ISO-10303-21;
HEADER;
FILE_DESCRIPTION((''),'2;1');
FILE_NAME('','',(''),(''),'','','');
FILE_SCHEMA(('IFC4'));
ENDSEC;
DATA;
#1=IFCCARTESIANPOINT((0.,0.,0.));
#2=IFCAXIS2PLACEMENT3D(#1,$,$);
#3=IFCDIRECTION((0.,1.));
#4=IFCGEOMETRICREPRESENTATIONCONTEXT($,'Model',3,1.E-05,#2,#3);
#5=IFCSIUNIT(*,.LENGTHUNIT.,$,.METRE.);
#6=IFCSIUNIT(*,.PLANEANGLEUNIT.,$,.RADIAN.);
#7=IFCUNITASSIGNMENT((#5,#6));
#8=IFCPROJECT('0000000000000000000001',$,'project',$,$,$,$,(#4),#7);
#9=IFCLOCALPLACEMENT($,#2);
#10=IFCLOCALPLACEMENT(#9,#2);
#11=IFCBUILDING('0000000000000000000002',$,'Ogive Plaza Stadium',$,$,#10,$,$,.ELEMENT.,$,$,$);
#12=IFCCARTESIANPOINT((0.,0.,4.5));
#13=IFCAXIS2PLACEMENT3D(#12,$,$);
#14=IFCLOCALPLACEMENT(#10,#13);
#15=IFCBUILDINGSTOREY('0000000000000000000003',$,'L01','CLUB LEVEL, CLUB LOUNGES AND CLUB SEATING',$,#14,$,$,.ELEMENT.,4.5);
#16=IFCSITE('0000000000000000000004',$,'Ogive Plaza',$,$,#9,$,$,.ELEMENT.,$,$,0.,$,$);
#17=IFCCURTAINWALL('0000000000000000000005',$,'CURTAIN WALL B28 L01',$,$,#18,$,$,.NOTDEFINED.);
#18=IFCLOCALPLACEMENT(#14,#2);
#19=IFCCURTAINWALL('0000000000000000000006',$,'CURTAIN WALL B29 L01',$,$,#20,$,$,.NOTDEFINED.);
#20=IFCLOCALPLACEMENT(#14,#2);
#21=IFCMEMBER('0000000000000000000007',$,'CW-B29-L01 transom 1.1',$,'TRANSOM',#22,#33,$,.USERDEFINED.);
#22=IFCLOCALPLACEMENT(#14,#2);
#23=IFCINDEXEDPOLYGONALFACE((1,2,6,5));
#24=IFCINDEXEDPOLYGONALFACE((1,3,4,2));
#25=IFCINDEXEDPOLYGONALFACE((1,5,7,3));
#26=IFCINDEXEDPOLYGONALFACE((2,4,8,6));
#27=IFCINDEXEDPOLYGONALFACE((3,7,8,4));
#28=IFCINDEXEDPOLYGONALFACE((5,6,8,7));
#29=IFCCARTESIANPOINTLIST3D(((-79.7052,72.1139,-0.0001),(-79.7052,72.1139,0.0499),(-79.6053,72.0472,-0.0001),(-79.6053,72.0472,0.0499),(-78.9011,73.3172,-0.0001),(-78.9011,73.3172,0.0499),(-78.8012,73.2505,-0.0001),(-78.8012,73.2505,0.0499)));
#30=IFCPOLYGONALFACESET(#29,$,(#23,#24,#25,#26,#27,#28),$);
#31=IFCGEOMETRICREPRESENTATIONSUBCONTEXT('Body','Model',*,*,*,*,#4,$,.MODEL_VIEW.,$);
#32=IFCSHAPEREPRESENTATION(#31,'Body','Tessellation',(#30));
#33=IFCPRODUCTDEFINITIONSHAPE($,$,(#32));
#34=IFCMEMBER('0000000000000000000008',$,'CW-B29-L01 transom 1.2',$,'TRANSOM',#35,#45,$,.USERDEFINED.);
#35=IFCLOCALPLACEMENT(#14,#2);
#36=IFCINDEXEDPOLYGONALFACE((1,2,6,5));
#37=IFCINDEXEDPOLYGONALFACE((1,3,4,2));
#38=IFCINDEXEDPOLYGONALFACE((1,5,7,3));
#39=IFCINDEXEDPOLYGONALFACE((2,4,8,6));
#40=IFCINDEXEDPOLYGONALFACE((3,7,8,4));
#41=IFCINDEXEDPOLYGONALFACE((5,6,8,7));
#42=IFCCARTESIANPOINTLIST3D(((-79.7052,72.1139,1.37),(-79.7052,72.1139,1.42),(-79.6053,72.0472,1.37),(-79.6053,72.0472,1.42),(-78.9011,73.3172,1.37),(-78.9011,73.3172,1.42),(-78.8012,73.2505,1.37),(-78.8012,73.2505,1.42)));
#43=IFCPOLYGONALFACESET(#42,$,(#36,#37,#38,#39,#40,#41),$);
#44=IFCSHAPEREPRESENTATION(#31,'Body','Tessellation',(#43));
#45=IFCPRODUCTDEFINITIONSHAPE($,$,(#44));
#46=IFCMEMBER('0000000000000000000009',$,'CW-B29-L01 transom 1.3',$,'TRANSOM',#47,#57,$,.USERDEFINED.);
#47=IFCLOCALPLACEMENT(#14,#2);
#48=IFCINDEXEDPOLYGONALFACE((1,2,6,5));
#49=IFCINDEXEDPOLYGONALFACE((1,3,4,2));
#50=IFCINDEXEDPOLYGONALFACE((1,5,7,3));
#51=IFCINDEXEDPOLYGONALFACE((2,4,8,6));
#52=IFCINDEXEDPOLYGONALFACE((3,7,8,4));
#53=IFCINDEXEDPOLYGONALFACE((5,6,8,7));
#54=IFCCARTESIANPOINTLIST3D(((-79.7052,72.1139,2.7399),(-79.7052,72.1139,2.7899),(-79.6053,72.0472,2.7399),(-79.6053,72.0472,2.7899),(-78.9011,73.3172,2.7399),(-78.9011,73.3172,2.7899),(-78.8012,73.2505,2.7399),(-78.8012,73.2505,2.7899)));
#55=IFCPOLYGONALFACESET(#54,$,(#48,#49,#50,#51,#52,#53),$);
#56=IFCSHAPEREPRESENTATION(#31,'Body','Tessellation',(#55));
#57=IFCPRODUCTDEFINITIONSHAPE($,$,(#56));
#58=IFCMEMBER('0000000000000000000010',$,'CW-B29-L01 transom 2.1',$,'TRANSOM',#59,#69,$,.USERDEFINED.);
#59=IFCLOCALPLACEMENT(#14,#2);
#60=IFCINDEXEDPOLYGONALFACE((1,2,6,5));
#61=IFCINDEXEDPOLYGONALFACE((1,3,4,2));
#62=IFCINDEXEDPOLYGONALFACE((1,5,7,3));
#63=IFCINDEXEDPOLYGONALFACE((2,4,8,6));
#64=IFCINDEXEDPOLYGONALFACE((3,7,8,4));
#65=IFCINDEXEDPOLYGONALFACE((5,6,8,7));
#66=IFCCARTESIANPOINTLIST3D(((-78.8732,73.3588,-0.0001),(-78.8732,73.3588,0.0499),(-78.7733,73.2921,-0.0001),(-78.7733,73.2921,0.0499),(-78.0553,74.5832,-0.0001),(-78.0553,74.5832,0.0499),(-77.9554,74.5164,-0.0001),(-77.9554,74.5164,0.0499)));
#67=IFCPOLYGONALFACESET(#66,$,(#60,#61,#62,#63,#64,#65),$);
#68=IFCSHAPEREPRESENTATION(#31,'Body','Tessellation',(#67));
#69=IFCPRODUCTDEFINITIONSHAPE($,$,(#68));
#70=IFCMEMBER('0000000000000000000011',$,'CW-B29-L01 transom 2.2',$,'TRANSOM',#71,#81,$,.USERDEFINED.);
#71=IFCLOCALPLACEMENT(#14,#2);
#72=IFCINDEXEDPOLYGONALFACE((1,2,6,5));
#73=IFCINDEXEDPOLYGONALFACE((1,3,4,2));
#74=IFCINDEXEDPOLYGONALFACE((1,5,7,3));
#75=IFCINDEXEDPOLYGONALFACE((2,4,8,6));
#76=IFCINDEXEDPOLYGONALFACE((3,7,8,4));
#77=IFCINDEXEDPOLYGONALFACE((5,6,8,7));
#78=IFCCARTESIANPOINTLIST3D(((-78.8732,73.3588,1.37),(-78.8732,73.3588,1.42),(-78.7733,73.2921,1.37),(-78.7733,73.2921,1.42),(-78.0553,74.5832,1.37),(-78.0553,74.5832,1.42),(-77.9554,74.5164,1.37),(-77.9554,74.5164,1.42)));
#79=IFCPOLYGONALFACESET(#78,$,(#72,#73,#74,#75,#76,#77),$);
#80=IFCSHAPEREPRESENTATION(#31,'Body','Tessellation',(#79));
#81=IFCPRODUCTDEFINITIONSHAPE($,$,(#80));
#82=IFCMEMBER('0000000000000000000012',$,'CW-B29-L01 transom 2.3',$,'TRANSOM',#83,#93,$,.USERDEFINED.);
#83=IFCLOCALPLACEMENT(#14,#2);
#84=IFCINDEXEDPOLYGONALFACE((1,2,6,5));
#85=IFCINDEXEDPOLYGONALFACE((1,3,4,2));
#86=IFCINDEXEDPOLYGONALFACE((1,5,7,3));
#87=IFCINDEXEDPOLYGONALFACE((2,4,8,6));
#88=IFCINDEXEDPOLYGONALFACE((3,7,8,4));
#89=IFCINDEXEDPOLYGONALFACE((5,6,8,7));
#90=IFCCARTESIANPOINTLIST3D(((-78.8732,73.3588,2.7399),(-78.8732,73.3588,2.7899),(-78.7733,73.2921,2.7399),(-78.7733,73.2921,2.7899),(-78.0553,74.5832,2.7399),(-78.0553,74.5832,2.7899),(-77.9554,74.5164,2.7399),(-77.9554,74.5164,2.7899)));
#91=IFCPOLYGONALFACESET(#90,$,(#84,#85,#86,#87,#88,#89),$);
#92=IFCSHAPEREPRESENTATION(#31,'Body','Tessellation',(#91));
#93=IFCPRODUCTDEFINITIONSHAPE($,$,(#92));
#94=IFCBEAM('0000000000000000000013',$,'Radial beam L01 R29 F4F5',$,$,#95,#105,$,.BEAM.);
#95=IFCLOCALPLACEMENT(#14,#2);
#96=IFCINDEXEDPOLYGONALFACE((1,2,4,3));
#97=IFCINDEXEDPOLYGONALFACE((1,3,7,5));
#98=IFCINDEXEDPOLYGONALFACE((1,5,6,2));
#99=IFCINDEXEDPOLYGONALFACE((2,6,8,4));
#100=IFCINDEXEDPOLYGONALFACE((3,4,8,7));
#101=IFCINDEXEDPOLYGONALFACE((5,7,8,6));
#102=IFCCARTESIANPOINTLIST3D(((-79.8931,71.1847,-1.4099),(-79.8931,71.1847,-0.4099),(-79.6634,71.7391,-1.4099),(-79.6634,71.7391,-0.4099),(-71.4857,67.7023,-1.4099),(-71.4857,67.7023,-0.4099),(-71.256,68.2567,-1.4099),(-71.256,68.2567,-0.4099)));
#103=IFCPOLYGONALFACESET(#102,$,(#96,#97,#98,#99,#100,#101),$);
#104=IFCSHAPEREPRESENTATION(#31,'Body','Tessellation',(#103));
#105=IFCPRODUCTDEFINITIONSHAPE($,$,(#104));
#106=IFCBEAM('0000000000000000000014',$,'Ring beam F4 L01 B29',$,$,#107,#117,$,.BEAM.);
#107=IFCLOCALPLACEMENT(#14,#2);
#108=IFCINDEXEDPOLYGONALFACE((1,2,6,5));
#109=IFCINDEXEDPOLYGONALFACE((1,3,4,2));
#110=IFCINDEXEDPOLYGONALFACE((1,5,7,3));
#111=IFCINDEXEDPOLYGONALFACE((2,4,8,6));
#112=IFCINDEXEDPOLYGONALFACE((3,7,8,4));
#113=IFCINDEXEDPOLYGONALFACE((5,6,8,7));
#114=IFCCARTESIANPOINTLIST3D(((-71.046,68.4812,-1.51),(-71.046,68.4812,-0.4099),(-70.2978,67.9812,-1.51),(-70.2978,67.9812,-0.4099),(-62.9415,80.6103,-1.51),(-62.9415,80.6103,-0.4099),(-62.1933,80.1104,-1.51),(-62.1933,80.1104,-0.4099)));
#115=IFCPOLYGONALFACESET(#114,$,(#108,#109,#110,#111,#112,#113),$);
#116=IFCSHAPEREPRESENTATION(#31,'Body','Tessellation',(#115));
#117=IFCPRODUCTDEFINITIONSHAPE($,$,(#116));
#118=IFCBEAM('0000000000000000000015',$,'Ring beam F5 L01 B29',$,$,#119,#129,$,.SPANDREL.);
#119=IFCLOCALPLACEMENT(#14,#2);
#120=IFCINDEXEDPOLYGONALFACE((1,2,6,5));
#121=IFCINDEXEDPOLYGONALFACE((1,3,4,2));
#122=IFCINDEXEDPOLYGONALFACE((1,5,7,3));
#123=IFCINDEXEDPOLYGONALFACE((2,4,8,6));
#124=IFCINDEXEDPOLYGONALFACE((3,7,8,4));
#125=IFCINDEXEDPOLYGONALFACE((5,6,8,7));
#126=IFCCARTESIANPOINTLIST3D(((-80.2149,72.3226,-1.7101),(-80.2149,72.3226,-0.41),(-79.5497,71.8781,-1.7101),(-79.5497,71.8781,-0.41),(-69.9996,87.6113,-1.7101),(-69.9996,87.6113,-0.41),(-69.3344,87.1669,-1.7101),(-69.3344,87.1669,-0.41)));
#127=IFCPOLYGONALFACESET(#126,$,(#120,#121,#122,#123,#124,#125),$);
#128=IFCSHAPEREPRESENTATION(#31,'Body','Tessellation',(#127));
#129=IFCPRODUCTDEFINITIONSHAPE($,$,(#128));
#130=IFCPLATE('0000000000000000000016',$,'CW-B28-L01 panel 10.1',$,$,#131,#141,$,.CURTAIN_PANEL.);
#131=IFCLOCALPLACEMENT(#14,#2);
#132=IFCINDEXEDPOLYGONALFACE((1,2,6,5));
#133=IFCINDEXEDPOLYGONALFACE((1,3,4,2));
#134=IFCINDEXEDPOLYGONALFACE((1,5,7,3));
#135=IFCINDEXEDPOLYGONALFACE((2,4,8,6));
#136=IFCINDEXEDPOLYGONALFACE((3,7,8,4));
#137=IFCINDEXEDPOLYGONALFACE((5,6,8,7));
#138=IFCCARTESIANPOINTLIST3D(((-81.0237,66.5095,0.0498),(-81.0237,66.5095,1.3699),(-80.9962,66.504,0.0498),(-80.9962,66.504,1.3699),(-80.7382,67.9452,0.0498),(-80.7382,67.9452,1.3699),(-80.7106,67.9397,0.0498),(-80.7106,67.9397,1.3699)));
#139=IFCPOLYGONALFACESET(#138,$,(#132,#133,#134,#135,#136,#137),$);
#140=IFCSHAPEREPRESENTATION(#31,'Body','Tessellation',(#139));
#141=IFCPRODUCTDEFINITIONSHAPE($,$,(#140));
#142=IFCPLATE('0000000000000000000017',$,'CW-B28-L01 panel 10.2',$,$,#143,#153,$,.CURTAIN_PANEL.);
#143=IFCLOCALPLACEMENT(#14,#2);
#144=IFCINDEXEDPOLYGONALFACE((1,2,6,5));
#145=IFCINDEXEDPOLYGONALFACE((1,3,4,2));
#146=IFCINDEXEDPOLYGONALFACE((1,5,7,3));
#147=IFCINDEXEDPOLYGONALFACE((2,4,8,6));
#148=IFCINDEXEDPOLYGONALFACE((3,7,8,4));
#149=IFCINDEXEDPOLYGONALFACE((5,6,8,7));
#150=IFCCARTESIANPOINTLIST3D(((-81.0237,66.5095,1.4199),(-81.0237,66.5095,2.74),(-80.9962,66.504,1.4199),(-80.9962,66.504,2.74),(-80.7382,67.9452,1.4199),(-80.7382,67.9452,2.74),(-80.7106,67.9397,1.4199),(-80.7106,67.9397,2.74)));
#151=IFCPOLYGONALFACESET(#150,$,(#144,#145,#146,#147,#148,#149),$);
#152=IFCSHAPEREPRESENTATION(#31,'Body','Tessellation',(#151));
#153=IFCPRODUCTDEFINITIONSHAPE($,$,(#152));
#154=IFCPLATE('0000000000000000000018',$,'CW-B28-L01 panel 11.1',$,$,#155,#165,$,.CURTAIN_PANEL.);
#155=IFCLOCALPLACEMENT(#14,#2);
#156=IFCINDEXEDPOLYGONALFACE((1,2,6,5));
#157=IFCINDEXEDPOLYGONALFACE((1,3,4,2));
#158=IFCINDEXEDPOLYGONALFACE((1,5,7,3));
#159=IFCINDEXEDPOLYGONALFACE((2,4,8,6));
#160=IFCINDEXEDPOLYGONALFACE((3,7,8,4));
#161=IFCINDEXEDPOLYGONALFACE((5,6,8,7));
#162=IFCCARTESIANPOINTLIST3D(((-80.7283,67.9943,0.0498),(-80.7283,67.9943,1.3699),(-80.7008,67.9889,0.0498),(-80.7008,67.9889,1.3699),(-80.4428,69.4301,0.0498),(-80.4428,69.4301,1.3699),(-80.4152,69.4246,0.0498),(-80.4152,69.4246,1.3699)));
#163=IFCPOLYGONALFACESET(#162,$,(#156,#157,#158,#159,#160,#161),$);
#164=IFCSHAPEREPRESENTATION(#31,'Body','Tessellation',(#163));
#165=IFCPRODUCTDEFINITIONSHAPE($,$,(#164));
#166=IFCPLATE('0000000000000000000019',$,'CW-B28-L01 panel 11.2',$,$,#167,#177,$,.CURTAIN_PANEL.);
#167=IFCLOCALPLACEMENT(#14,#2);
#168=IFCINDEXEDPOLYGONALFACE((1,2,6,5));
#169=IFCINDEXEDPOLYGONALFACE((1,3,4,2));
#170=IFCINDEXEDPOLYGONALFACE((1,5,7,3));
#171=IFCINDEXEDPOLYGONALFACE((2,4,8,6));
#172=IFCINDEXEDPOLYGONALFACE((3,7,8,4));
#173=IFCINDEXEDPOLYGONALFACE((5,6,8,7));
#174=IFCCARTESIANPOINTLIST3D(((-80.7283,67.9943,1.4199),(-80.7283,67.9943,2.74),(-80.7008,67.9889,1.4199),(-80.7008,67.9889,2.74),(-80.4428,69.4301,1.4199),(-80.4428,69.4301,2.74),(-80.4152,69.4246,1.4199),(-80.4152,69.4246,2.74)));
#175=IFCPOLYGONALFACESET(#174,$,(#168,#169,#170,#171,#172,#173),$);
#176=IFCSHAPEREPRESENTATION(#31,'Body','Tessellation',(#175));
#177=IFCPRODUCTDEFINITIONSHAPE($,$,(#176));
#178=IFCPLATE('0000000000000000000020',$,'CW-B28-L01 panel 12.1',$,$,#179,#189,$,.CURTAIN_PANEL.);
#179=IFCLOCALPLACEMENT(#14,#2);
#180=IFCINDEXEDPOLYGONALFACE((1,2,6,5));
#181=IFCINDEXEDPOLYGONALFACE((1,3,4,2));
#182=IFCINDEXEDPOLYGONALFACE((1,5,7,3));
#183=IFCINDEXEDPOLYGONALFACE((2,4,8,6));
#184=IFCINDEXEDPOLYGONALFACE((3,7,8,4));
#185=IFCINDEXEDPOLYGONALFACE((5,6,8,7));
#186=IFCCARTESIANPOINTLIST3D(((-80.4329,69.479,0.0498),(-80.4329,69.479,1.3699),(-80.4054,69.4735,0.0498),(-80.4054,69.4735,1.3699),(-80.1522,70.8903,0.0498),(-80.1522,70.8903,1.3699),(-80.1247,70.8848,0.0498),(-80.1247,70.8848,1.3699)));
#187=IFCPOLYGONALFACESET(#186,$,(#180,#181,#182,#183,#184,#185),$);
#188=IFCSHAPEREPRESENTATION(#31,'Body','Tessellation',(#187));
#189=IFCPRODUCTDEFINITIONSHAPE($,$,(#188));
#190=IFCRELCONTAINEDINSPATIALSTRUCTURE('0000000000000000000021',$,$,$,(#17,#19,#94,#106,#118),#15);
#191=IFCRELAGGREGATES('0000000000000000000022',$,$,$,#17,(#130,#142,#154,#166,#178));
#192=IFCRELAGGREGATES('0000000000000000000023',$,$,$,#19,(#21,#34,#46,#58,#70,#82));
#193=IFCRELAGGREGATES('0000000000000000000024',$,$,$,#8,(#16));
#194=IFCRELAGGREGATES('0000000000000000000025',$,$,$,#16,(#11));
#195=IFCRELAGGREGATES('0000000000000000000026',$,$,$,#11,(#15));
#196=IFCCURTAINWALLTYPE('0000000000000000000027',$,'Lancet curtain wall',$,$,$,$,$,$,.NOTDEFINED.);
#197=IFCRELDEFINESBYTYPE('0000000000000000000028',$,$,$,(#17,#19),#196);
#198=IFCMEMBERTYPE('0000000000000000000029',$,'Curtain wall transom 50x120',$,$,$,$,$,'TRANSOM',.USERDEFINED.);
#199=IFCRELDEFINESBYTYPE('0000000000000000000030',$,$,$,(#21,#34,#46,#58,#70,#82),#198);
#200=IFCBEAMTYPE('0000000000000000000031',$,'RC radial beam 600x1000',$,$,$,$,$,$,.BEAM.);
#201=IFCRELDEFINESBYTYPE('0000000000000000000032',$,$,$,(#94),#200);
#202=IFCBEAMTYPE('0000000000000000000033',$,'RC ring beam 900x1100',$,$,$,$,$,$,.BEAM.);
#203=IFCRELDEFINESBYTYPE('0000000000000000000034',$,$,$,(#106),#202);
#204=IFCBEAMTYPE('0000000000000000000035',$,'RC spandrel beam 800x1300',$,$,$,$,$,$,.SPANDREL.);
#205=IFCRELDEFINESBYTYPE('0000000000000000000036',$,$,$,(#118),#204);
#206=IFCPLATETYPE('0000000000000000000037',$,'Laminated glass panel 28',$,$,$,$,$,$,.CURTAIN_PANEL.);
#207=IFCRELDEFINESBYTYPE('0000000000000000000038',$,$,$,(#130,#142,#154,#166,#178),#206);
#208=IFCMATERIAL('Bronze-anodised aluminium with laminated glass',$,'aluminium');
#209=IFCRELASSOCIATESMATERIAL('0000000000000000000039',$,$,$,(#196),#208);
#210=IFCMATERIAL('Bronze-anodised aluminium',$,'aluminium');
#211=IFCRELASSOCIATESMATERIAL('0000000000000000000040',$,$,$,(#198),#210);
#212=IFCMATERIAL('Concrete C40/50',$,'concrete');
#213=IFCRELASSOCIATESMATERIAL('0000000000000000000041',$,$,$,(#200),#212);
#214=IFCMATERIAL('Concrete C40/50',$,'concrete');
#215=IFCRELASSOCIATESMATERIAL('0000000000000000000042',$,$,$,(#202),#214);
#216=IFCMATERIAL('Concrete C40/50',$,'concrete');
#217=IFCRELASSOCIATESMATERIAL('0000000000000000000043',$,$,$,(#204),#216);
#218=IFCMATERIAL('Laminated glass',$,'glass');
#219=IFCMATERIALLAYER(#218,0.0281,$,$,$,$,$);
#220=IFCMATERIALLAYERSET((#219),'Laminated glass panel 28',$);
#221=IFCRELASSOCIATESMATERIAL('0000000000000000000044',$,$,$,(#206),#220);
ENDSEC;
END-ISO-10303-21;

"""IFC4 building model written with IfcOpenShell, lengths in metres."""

from ifc_helpers import new_model, si_unit, direction, frame, origin, origin_2d, place, context, subcontext, project, spatial, rectangle, extrude, material, layer, layer_set, material_profile, profile_set, type_object, element, aggregate, save


model = new_model("IFC4")

# Units and contexts
model_context = context("Model", 3, precision=1e-05, world=origin(), true_north=direction((0.0, 1.0)))
body_context = subcontext(model_context, "Body", "Model", "MODEL_VIEW")
ifc_project = project(units=[si_unit("LENGTHUNIT", "METRE"), si_unit("PLANEANGLEUNIT", "RADIAN")], contexts=[model_context])

# Site, building, storey
site_placement = place(None, origin())
site = spatial("IfcSite", under=ifc_project, at=site_placement, Name="Ogive Plaza", CompositionType="ELEMENT", RefElevation=0.0)
building_placement = place(site_placement, origin())
building = spatial("IfcBuilding", under=site, at=building_placement, Name="Ogive Plaza Stadium", CompositionType="ELEMENT")
storey_placement = place(building_placement, frame((0.0, 0.0, 4.5)))
storey = spatial("IfcBuildingStorey", under=building, at=storey_placement, Name="L01", Description="CLUB LEVEL, CLUB LOUNGES AND CLUB SEATING", CompositionType="ELEMENT", Elevation=4.5)

# Curtain walls
ifc_material_1 = material(Name="Bronze-anodised aluminium with laminated glass", Category="aluminium")
curtain_wall_type = type_object("IfcCurtainWallType", Name="Lancet curtain wall", PredefinedType="NOTDEFINED", material=ifc_material_1)
curtain_wall_1_placement = place(storey_placement, origin())
curtain_wall_1 = element("IfcCurtainWall", 1, at=curtain_wall_1_placement, inside=storey, type_object=curtain_wall_type, Name="CURTAIN WALL B28 L01", PredefinedType="NOTDEFINED")
curtain_wall_2_placement = place(storey_placement, origin())
curtain_wall_2 = element("IfcCurtainWall", 2, at=curtain_wall_2_placement, inside=storey, type_object=curtain_wall_type, Name="CURTAIN WALL B29 L01", PredefinedType="NOTDEFINED")

# Members
ifc_material_2 = material(Name="Bronze-anodised aluminium", Category="aluminium")
ifc_material_profile_1 = material_profile(ifc_material_2, rectangle(XDim=0.1201, YDim=0.05, at=origin_2d()), Name="AL 120x50")
ifc_profile_set_1 = profile_set([ifc_material_profile_1], Name="Bronze-anodised aluminium")
member_type_1 = type_object("IfcMemberType", Name="Curtain wall transom 50x120", ElementType="TRANSOM", PredefinedType="USERDEFINED", material=ifc_profile_set_1)
member_1_placement = place(storey_placement, frame((-79.6553, 72.0806, 0.0249), z_axis=(0.555634, 0.831427, 0.0), x_axis=(-0.831427, 0.555634, 0.0)))
member_1 = element("IfcMember", 3, at=member_1_placement, type_object=member_type_1, Name="CW-B29-L01 transom 1.1", ObjectType="TRANSOM", PredefinedType="USERDEFINED", context=body_context, shape_type="SweptSolid", body=[
    extrude(rectangle(XDim=0.1201, YDim=0.05, at=origin_2d()), origin(), (0.0, 0.0, 1.0), 1.4473),
])
member_2_placement = place(storey_placement, frame((-79.6553, 72.0806, 1.395), z_axis=(0.555634, 0.831427, 0.0), x_axis=(-0.831427, 0.555634, 0.0)))
member_2 = element("IfcMember", 4, at=member_2_placement, type_object=member_type_1, Name="CW-B29-L01 transom 1.2", ObjectType="TRANSOM", PredefinedType="USERDEFINED", context=body_context, shape_type="SweptSolid", body=[
    extrude(rectangle(XDim=0.1201, YDim=0.05, at=origin_2d()), origin(), (0.0, 0.0, 1.0), 1.4473),
])
member_3_placement = place(storey_placement, frame((-79.6553, 72.0806, 2.7649), z_axis=(0.555634, 0.831427, 0.0), x_axis=(-0.831427, 0.555634, 0.0)))
member_3 = element("IfcMember", 5, at=member_3_placement, type_object=member_type_1, Name="CW-B29-L01 transom 1.3", ObjectType="TRANSOM", PredefinedType="USERDEFINED", context=body_context, shape_type="SweptSolid", body=[
    extrude(rectangle(XDim=0.1201, YDim=0.05, at=origin_2d()), origin(), (0.0, 0.0, 1.0), 1.4473),
])
member_4_placement = place(storey_placement, frame((-78.8232, 73.3254, 0.0249), z_axis=(0.555465, 0.83154, 0.0), x_axis=(-0.83154, 0.555465, 0.0)))
member_4 = element("IfcMember", 6, at=member_4_placement, type_object=member_type_1, Name="CW-B29-L01 transom 2.1", ObjectType="TRANSOM", PredefinedType="USERDEFINED", context=body_context, shape_type="SweptSolid", body=[
    extrude(rectangle(XDim=0.1201, YDim=0.05, at=origin_2d()), origin(), (0.0, 0.0, 1.0), 1.4724),
])
member_5_placement = place(storey_placement, frame((-78.8232, 73.3254, 1.395), z_axis=(0.555465, 0.83154, 0.0), x_axis=(-0.83154, 0.555465, 0.0)))
member_5 = element("IfcMember", 7, at=member_5_placement, type_object=member_type_1, Name="CW-B29-L01 transom 2.2", ObjectType="TRANSOM", PredefinedType="USERDEFINED", context=body_context, shape_type="SweptSolid", body=[
    extrude(rectangle(XDim=0.1201, YDim=0.05, at=origin_2d()), origin(), (0.0, 0.0, 1.0), 1.4724),
])
member_6_placement = place(storey_placement, frame((-78.8232, 73.3254, 2.7649), z_axis=(0.555465, 0.83154, 0.0), x_axis=(-0.83154, 0.555465, 0.0)))
member_6 = element("IfcMember", 8, at=member_6_placement, type_object=member_type_1, Name="CW-B29-L01 transom 2.3", ObjectType="TRANSOM", PredefinedType="USERDEFINED", context=body_context, shape_type="SweptSolid", body=[
    extrude(rectangle(XDim=0.1201, YDim=0.05, at=origin_2d()), origin(), (0.0, 0.0, 1.0), 1.4724),
])

# Beams
ifc_material_3 = material(Name="Concrete C40/50", Category="concrete")
ifc_material_profile_2 = material_profile(ifc_material_3, rectangle(XDim=0.6001, YDim=1.0, at=origin_2d()), Name="RC 600x1000")
ifc_profile_set_2 = profile_set([ifc_material_profile_2], Name="Concrete C40/50")
beam_type_1 = type_object("IfcBeamType", Name="RC radial beam 600x1000", PredefinedType="BEAM", material=ifc_profile_set_2)
beam_1_placement = place(storey_placement, frame((-71.3708, 67.9795, -0.9099), z_axis=(-0.923882, 0.382677, 0.0), x_axis=(-0.382677, -0.923882, 0.0)))
element("IfcBeam", 9, at=beam_1_placement, inside=storey, type_object=beam_type_1, Name="Radial beam L01 R29 F4F5", PredefinedType="BEAM", context=body_context, shape_type="SweptSolid", body=[
    extrude(rectangle(XDim=0.6001, YDim=1.0, at=origin_2d()), origin(), (0.0, 0.0, 1.0), 9.1001),
])
ifc_material_4 = material(Name="Concrete C40/50", Category="concrete")
ifc_material_profile_3 = material_profile(ifc_material_4, rectangle(XDim=0.8999, YDim=1.1001, at=origin_2d()), Name="RC 900x1100")
ifc_profile_set_3 = profile_set([ifc_material_profile_3], Name="Concrete C40/50")
beam_type_2 = type_object("IfcBeamType", Name="RC ring beam 900x1100", PredefinedType="BEAM", material=ifc_profile_set_3)
beam_2_placement = place(storey_placement, frame((-70.6719, 68.2312, -0.96), z_axis=(0.555573, 0.831468, 0.0), x_axis=(-0.831468, 0.555573, 0.0)))
element("IfcBeam", 10, at=beam_2_placement, inside=storey, type_object=beam_type_2, Name="Ring beam F4 L01 B29", PredefinedType="BEAM", context=body_context, shape_type="SweptSolid", body=[
    extrude(rectangle(XDim=0.8999, YDim=1.1001, at=origin_2d()), origin(), (0.0, 0.0, 1.0), 14.5876),
])
ifc_material_5 = material(Name="Concrete C40/50", Category="concrete")
ifc_material_profile_4 = material_profile(ifc_material_5, rectangle(XDim=0.8, YDim=1.3, at=origin_2d()), Name="RC 800x1300")
ifc_profile_set_4 = profile_set([ifc_material_profile_4], Name="Concrete C40/50")
beam_type_3 = type_object("IfcBeamType", Name="RC spandrel beam 800x1300", PredefinedType="SPANDREL", material=ifc_profile_set_4)
beam_3_placement = place(storey_placement, frame((-79.8823, 72.1003, -1.0601), z_axis=(0.555558, 0.831478, 0.0), x_axis=(-0.831478, 0.555558, 0.0)))
element("IfcBeam", 11, at=beam_3_placement, inside=storey, type_object=beam_type_3, Name="Ring beam F5 L01 B29", PredefinedType="SPANDREL", context=body_context, shape_type="SweptSolid", body=[
    extrude(rectangle(XDim=0.8, YDim=1.3, at=origin_2d()), origin(), (0.0, 0.0, 1.0), 18.3875),
])

# Plates
ifc_material_6 = material(Name="Laminated glass", Category="glass")
ifc_layer = layer(ifc_material_6, 0.0281)
ifc_layer_set = layer_set([ifc_layer], Name="Laminated glass panel 28")
plate_type = type_object("IfcPlateType", Name="Laminated glass panel 28", PredefinedType="CURTAIN_PANEL", material=ifc_layer_set)
plate_1_placement = place(storey_placement, frame((-80.8672, 67.2246, 0.0498), z_axis=(0.0, 0.0, 1.0), x_axis=(0.19509, 0.980785, 0.0)))
plate_1 = element("IfcPlate", 12, at=plate_1_placement, type_object=plate_type, Name="CW-B28-L01 panel 10.1", PredefinedType="CURTAIN_PANEL", context=body_context, shape_type="SweptSolid", body=[
    extrude(rectangle(XDim=1.4639, YDim=0.0281, at=origin_2d()), origin(), (0.0, 0.0, 1.0), 1.3201),
])
plate_2_placement = place(storey_placement, frame((-80.8672, 67.2246, 1.4199), z_axis=(0.0, 0.0, 1.0), x_axis=(0.19509, 0.980785, 0.0)))
plate_2 = element("IfcPlate", 13, at=plate_2_placement, type_object=plate_type, Name="CW-B28-L01 panel 10.2", PredefinedType="CURTAIN_PANEL", context=body_context, shape_type="SweptSolid", body=[
    extrude(rectangle(XDim=1.4639, YDim=0.0281, at=origin_2d()), origin(), (0.0, 0.0, 1.0), 1.3201),
])
plate_3_placement = place(storey_placement, frame((-80.5718, 68.7095, 0.0498), z_axis=(0.0, 0.0, 1.0), x_axis=(0.19509, 0.980785, 0.0)))
plate_3 = element("IfcPlate", 14, at=plate_3_placement, type_object=plate_type, Name="CW-B28-L01 panel 11.1", PredefinedType="CURTAIN_PANEL", context=body_context, shape_type="SweptSolid", body=[
    extrude(rectangle(XDim=1.4639, YDim=0.0281, at=origin_2d()), origin(), (0.0, 0.0, 1.0), 1.3201),
])
plate_4_placement = place(storey_placement, frame((-80.5718, 68.7095, 1.4199), z_axis=(0.0, 0.0, 1.0), x_axis=(0.19509, 0.980785, 0.0)))
plate_4 = element("IfcPlate", 15, at=plate_4_placement, type_object=plate_type, Name="CW-B28-L01 panel 11.2", PredefinedType="CURTAIN_PANEL", context=body_context, shape_type="SweptSolid", body=[
    extrude(rectangle(XDim=1.4639, YDim=0.0281, at=origin_2d()), origin(), (0.0, 0.0, 1.0), 1.3201),
])
plate_5_placement = place(storey_placement, frame((-80.2788, 70.1819, 0.0498), z_axis=(0.0, 0.0, 1.0), x_axis=(0.19509, 0.980785, 0.0)))
plate_5 = element("IfcPlate", 16, at=plate_5_placement, type_object=plate_type, Name="CW-B28-L01 panel 12.1", PredefinedType="CURTAIN_PANEL", context=body_context, shape_type="SweptSolid", body=[
    extrude(rectangle(XDim=1.439, YDim=0.0281, at=origin_2d()), origin(), (0.0, 0.0, 1.0), 1.3201),
])
aggregate(curtain_wall_1, [plate_1, plate_2, plate_3, plate_4, plate_5])
aggregate(curtain_wall_2, [member_1, member_2, member_3, member_4, member_5, member_6])

save(model, "model.ifc")
